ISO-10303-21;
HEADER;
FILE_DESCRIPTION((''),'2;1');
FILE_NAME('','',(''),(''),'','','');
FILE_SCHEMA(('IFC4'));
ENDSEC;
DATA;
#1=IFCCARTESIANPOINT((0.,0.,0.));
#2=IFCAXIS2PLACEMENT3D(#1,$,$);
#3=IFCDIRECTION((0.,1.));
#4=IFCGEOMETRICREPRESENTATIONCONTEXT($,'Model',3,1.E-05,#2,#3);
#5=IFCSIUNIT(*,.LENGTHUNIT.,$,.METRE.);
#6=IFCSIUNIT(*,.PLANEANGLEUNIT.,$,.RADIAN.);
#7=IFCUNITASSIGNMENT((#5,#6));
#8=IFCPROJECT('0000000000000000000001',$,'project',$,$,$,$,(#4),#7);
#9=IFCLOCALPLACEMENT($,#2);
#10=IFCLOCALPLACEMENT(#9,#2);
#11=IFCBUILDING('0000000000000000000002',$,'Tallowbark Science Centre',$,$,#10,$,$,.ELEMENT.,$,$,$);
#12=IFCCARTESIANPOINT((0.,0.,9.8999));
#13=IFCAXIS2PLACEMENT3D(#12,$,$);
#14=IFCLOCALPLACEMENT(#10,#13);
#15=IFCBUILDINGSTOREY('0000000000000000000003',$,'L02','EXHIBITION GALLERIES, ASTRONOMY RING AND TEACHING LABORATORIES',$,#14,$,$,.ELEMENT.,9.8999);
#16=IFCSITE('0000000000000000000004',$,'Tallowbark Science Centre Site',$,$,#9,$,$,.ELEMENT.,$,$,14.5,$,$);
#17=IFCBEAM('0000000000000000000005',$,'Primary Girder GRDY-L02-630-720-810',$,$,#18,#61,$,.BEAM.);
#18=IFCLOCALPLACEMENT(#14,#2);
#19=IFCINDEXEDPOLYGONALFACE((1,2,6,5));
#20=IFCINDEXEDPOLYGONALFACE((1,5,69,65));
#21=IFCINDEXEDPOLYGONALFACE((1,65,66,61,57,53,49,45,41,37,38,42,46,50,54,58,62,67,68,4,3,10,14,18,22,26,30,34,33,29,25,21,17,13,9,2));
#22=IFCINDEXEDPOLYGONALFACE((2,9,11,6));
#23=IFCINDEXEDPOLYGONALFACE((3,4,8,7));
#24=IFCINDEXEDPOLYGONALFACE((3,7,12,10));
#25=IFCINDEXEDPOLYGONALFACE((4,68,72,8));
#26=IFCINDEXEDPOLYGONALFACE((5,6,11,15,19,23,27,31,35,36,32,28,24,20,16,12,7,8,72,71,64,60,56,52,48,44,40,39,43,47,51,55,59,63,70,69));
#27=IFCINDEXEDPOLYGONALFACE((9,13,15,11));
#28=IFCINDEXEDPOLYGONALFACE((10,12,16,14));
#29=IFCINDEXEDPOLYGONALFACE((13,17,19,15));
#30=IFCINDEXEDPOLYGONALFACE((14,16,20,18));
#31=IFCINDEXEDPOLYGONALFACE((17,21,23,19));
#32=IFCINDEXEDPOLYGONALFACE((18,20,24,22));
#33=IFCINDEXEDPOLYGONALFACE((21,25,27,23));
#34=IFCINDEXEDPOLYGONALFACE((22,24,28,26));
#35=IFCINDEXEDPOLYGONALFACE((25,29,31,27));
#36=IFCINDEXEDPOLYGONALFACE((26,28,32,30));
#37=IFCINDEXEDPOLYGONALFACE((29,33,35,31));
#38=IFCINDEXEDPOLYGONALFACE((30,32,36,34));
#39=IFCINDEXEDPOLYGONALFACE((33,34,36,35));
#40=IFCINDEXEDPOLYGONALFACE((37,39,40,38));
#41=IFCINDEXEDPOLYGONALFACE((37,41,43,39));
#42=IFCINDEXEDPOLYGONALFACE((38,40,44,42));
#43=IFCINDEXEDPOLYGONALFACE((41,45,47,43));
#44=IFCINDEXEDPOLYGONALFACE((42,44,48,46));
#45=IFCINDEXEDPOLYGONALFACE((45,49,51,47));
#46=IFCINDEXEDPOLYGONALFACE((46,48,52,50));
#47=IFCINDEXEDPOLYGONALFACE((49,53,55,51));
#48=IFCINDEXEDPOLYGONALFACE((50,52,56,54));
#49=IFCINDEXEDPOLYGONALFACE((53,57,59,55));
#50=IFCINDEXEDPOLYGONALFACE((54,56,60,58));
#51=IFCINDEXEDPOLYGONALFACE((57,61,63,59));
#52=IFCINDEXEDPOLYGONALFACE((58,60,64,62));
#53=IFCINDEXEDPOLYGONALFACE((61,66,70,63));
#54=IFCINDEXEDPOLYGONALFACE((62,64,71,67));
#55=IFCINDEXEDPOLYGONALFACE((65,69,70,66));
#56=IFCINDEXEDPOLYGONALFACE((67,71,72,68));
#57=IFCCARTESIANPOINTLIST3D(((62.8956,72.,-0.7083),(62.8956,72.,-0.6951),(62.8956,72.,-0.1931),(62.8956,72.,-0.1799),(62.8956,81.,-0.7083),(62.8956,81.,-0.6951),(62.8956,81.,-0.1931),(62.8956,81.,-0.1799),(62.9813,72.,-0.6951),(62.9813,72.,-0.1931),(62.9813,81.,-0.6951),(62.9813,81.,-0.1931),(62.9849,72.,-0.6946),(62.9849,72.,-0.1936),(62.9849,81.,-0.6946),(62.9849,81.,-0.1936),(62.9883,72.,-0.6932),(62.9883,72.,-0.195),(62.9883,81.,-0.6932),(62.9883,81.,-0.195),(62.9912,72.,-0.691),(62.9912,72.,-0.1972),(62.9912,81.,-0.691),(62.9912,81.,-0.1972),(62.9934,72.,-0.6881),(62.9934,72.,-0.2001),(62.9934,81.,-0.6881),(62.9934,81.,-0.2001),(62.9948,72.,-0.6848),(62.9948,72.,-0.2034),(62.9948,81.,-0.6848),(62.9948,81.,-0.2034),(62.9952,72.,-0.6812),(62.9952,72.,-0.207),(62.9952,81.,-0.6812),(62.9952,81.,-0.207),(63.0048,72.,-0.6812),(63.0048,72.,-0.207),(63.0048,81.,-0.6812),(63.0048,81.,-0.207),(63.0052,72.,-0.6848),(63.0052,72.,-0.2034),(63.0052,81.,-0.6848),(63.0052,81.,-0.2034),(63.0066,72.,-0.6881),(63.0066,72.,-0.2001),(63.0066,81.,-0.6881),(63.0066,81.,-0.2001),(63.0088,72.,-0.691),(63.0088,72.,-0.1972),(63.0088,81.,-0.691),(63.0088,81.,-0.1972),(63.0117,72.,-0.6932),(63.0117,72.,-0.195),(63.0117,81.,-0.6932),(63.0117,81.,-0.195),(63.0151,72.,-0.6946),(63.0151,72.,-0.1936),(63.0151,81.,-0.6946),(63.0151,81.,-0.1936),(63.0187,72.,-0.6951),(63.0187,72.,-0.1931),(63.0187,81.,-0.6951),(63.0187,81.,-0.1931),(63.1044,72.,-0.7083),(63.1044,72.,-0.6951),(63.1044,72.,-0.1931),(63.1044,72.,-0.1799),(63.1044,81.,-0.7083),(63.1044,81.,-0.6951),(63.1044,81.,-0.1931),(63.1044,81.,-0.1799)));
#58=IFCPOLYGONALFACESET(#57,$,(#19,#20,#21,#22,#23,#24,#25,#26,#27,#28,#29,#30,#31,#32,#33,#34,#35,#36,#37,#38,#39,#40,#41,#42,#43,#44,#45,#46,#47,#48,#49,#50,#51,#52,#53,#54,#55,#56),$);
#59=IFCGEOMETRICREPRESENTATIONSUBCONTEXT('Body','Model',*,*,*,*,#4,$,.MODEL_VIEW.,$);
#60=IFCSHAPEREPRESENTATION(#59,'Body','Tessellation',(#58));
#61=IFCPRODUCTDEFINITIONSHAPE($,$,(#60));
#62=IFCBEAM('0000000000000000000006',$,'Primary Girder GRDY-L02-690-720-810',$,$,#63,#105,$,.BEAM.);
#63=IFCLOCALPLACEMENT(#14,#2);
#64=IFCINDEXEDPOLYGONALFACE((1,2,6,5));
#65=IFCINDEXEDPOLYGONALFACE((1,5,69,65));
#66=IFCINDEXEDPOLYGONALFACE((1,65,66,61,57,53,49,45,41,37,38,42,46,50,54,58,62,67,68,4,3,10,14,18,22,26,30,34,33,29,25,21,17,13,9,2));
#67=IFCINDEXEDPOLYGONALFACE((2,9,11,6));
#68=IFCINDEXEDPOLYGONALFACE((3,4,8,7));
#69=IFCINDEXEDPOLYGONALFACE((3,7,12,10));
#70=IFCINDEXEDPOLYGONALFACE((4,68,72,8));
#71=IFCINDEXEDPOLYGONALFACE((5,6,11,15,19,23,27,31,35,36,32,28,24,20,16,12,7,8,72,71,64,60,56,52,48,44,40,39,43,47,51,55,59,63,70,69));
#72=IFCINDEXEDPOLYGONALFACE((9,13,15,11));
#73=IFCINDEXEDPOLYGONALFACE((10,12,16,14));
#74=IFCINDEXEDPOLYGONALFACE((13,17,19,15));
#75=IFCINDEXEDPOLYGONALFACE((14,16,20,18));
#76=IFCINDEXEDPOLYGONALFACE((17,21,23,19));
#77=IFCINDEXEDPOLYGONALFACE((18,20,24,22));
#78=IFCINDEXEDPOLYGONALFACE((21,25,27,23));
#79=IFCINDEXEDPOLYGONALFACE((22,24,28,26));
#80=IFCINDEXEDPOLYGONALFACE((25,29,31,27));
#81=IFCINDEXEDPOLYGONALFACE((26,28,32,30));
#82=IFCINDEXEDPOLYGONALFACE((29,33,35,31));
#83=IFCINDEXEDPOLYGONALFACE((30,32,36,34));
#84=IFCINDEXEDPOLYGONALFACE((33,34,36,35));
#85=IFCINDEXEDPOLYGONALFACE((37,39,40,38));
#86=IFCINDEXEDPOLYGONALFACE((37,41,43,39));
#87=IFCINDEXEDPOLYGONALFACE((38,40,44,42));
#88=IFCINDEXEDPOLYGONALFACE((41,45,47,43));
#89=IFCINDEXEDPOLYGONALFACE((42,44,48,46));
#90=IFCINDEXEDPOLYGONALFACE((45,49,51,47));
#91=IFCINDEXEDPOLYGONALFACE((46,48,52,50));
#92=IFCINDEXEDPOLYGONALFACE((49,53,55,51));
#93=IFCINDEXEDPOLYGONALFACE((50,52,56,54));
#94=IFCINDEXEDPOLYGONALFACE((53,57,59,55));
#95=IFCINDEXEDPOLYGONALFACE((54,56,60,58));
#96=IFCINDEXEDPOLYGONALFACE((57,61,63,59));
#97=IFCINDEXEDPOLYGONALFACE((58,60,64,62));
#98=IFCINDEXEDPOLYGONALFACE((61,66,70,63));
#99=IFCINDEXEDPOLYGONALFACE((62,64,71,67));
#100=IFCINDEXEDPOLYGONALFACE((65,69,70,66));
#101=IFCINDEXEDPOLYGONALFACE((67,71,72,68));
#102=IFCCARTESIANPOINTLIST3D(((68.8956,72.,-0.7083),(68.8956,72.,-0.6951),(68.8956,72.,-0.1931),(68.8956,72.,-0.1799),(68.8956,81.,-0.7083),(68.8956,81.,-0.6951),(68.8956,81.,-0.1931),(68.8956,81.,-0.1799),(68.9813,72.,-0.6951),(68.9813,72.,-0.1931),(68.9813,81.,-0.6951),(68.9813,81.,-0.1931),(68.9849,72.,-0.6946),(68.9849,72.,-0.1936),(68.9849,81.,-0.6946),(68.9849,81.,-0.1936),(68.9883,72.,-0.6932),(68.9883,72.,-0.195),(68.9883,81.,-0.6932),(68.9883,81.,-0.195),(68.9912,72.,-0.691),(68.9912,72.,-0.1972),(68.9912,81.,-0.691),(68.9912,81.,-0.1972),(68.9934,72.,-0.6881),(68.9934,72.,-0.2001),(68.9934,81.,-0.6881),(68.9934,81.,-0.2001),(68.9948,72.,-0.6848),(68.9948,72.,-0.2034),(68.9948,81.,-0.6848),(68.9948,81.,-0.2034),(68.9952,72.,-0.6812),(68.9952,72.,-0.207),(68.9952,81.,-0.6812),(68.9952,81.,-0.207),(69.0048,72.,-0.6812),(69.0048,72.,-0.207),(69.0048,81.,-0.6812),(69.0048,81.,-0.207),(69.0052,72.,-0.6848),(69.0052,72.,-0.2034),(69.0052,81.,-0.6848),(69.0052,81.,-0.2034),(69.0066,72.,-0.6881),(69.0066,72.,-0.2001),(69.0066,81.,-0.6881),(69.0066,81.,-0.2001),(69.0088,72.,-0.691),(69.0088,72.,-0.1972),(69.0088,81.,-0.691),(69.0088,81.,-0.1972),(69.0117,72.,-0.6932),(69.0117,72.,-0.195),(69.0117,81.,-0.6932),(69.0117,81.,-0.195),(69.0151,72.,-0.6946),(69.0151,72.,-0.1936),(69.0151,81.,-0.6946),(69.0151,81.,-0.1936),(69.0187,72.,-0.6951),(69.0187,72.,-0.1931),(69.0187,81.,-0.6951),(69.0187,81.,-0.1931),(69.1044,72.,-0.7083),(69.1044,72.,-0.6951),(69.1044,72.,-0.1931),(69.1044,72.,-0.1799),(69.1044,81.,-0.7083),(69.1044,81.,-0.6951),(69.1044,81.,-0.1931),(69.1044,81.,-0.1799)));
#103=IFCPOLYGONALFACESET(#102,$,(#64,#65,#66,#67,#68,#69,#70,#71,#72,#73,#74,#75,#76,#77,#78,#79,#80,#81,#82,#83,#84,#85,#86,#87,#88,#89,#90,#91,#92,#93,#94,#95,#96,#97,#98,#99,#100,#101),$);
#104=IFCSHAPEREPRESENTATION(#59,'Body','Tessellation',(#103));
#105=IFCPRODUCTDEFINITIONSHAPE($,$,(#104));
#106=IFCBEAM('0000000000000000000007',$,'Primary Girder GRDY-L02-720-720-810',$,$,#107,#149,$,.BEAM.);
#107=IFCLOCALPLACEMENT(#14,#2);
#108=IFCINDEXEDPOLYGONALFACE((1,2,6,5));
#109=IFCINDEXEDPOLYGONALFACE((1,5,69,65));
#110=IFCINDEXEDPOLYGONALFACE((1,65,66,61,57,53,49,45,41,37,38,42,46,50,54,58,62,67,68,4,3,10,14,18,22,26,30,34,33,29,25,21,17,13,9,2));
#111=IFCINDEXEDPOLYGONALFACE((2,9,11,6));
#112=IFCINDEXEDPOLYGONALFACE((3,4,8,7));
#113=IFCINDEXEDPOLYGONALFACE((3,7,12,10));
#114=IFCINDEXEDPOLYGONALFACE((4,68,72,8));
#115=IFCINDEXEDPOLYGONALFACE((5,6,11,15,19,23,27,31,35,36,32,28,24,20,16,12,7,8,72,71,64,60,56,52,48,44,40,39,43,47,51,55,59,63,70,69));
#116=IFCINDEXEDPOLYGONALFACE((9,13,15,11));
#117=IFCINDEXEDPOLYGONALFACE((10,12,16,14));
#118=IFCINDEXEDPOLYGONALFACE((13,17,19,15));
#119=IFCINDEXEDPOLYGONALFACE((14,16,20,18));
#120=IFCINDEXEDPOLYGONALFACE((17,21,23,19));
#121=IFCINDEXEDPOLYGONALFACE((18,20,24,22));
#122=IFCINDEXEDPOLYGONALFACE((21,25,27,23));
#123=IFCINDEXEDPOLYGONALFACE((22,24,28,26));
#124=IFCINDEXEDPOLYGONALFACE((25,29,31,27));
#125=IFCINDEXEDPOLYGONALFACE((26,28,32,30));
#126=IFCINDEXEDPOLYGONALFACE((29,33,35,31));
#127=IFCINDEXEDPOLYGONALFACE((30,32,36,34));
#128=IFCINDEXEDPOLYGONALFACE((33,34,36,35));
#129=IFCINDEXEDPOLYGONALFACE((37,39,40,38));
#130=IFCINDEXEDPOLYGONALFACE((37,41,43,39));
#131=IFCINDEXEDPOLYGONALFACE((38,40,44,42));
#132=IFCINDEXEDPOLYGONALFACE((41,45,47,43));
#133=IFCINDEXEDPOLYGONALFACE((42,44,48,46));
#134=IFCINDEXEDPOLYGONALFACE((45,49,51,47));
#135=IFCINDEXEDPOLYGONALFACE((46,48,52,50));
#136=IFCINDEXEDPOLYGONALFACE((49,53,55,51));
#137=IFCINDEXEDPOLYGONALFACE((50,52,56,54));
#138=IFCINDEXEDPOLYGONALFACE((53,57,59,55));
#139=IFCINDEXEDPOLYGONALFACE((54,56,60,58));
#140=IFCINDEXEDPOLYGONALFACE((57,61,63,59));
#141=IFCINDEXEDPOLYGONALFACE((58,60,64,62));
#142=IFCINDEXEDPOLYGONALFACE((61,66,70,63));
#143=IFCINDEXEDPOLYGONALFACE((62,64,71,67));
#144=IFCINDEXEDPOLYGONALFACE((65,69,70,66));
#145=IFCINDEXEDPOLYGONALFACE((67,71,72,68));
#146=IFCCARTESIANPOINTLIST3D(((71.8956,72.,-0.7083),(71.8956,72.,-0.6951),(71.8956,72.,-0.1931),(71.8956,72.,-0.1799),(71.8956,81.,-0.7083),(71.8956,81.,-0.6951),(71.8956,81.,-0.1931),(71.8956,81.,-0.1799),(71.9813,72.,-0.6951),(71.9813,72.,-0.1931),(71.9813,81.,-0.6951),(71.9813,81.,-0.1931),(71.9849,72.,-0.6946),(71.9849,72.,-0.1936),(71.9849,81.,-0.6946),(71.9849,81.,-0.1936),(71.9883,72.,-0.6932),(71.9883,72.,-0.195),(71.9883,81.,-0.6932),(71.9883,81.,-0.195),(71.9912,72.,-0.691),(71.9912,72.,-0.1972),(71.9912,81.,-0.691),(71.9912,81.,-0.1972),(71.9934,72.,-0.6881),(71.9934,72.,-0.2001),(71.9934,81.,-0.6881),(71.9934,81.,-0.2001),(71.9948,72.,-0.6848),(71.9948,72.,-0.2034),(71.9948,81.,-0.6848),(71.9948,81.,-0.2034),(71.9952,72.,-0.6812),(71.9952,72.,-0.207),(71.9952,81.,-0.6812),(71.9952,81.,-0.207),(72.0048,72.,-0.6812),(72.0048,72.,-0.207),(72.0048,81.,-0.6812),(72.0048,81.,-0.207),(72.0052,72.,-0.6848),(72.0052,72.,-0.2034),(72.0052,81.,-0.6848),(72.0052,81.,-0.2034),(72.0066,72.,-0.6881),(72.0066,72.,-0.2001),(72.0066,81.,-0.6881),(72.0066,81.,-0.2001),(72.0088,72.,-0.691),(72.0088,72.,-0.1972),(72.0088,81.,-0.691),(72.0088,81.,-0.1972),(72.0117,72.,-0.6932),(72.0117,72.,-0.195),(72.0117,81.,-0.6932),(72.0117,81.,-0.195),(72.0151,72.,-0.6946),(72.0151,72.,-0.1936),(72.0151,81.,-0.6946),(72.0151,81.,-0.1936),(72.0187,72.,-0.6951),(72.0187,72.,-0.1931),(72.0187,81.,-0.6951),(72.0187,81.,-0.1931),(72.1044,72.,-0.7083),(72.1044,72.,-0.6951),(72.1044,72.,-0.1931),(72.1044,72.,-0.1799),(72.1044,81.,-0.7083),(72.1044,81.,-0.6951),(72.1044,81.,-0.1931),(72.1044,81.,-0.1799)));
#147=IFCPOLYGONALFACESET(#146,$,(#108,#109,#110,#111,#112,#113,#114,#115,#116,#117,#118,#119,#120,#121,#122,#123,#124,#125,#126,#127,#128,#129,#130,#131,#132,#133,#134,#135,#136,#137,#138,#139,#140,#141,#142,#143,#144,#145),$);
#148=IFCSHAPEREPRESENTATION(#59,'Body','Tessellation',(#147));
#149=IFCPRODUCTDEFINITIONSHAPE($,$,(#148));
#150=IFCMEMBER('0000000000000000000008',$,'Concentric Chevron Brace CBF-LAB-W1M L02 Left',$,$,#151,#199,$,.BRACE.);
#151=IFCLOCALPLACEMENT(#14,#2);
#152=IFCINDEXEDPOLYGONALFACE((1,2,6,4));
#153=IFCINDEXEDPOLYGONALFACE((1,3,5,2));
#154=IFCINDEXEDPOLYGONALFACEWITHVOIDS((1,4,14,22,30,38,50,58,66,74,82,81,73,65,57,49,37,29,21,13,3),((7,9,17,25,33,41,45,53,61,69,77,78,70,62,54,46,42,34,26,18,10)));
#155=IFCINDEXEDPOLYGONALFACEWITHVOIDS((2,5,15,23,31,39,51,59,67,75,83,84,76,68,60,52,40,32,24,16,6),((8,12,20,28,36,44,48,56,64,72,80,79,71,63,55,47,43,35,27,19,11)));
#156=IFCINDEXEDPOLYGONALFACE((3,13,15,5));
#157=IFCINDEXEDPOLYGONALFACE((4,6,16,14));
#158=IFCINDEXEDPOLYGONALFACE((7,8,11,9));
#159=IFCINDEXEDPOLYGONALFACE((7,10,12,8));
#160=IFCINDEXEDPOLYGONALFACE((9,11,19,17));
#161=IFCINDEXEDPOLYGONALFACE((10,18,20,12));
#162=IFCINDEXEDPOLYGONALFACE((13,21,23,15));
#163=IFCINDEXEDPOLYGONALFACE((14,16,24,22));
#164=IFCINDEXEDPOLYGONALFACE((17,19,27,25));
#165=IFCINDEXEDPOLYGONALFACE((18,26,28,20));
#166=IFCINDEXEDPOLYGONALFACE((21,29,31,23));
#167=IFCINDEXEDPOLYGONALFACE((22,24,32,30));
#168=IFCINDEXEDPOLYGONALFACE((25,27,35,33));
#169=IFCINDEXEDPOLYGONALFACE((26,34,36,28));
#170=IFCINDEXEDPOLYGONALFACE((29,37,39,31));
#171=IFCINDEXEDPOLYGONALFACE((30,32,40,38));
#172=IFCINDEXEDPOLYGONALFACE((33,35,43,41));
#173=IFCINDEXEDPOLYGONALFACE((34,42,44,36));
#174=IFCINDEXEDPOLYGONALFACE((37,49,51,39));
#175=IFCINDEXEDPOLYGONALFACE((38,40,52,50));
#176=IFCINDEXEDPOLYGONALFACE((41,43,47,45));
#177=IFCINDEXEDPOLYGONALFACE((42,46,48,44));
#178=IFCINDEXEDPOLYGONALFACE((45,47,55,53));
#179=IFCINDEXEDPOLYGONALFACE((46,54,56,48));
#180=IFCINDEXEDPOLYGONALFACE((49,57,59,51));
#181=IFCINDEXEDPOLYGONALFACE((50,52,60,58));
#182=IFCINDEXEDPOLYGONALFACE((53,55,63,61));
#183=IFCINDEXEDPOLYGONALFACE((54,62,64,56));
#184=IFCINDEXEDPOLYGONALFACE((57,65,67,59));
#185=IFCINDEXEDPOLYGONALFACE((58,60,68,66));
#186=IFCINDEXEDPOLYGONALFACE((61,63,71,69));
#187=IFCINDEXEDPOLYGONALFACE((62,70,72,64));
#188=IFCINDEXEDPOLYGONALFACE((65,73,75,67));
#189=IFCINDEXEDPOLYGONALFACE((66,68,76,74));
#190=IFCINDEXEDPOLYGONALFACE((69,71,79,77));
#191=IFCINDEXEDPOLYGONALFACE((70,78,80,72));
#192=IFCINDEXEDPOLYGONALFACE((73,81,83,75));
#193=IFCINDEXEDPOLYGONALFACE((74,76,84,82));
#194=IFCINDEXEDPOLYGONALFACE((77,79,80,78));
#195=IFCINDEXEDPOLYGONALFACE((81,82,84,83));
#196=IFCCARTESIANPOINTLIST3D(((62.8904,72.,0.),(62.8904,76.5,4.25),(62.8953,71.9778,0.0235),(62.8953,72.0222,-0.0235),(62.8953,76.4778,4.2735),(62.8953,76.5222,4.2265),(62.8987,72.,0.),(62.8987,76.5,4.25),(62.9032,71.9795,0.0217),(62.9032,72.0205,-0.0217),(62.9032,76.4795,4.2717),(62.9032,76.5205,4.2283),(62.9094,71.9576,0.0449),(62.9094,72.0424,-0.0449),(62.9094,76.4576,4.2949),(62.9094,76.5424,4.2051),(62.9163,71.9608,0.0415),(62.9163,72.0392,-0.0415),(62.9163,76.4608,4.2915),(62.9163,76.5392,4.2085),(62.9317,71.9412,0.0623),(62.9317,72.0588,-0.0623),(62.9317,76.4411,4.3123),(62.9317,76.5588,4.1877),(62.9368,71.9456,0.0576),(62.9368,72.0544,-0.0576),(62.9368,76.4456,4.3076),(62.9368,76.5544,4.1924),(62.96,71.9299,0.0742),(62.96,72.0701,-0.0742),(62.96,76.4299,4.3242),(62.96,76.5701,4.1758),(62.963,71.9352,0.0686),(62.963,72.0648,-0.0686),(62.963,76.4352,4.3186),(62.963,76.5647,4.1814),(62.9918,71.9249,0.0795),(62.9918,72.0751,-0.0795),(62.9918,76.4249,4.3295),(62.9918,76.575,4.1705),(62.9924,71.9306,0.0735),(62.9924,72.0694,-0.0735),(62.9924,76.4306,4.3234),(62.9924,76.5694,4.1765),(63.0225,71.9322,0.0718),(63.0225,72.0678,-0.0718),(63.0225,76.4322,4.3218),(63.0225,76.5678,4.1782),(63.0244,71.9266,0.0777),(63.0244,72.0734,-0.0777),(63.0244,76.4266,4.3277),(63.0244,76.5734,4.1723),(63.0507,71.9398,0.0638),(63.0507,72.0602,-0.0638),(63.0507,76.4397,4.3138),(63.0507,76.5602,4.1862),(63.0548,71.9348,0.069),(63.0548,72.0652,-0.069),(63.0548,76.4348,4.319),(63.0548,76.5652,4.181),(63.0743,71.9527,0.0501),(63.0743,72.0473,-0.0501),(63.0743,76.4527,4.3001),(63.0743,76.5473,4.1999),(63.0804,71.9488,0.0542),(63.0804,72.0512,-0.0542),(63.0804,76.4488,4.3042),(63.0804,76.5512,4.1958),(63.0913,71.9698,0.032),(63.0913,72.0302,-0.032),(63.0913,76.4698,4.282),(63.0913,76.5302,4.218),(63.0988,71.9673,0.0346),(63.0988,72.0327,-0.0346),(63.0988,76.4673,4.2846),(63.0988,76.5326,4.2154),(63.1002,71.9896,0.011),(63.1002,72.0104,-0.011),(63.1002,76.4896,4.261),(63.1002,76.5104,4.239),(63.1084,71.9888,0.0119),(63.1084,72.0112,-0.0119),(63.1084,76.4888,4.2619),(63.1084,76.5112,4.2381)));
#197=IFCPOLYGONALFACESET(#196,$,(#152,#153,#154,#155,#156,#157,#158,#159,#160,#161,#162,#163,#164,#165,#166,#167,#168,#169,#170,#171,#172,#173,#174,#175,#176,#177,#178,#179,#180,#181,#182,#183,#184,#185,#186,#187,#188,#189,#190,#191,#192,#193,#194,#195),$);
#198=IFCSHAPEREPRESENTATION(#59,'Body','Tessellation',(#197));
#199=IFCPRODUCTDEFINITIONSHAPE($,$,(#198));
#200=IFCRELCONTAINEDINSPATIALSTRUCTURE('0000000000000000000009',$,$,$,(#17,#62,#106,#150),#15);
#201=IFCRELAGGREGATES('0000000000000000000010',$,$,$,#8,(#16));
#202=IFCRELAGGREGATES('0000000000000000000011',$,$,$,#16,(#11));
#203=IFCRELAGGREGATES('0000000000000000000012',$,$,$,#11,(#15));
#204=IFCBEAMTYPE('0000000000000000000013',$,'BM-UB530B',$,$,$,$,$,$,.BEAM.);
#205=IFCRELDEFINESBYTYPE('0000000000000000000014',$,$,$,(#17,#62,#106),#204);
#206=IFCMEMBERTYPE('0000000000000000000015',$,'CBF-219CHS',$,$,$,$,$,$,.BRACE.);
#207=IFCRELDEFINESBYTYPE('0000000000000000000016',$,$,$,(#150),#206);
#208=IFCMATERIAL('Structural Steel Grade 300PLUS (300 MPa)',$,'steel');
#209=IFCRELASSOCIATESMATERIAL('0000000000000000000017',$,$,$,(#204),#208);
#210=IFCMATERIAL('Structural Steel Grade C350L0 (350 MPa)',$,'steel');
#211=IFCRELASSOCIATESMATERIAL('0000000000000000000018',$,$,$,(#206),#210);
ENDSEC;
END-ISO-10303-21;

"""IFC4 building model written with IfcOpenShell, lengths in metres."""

from ifc_helpers import new_model, si_unit, direction, frame, origin, origin_2d, place, context, subcontext, project, spatial, hollow_circle, i_section, extrude, material, material_profile, profile_set, type_object, element, save


model = new_model("IFC4")

# Units and contexts
model_context = context("Model", 3, precision=1e-05, world=origin(), true_north=direction((0.0, 1.0)))
body_context = subcontext(model_context, "Body", "Model", "MODEL_VIEW")
ifc_project = project(units=[si_unit("LENGTHUNIT", "METRE"), si_unit("PLANEANGLEUNIT", "RADIAN")], contexts=[model_context])

# Site, building, storey
site_placement = place(None, origin())
site = spatial("IfcSite", under=ifc_project, at=site_placement, Name="Tallowbark Science Centre Site", CompositionType="ELEMENT", RefElevation=14.5)
building_placement = place(site_placement, origin())
building = spatial("IfcBuilding", under=site, at=building_placement, Name="Tallowbark Science Centre", CompositionType="ELEMENT")
storey_placement = place(building_placement, frame((0.0, 0.0, 9.8999)))
storey = spatial("IfcBuildingStorey", under=building, at=storey_placement, Name="L02", Description="EXHIBITION GALLERIES, ASTRONOMY RING AND TEACHING LABORATORIES", CompositionType="ELEMENT", Elevation=9.8999)

# Shared definitions
ifc_material_1 = material(Name="Structural Steel Grade 300PLUS (300 MPa)", Category="steel")

# Beams
ifc_material_profile_1 = material_profile(ifc_material_1, i_section(OverallWidth=0.2087, OverallDepth=0.5283, WebThickness=0.0095, FlangeThickness=0.0132, FilletRadius=0.0139, at=origin_2d()), Name="530UB82.0")
ifc_profile_set_1 = profile_set([ifc_material_profile_1], Name="Structural Steel Grade 300PLUS (300 MPa)")
beam_type_1 = type_object("IfcBeamType", Name="BM-UB530B", PredefinedType="BEAM", material=ifc_profile_set_1)
for number, where, z_axis, x_axis, name in (
    (1, (63.0, 72.0, -0.4441), (0.0, 1.0, 0.0), (-1.0, 0.0, 0.0), "Primary Girder GRDY-L02-630-720-810"),
    (2, (69.0, 72.0, -0.4441), (0.0, 1.0, 0.0), (-1.0, 0.0, 0.0), "Primary Girder GRDY-L02-690-720-810"),
    (3, (72.0, 72.0, -0.4441), (0.0, 1.0, 0.0), (-1.0, 0.0, 0.0), "Primary Girder GRDY-L02-720-720-810"),
):
    element("IfcBeam", number, at=place(storey_placement, frame(where, z_axis=z_axis, x_axis=x_axis)), inside=storey, type_object=beam_type_1, Name=name, PredefinedType="BEAM", context=body_context, shape_type="SweptSolid", body=[
        extrude(i_section(OverallWidth=0.2087, OverallDepth=0.5283, WebThickness=0.0095, FlangeThickness=0.0132, FilletRadius=0.0139, at=origin_2d()), origin(), (0.0, 0.0, 1.0), 9.0),
    ])

# Member
ifc_material_2 = material(Name="Structural Steel Grade C350L0 (350 MPa)", Category="steel")
ifc_material_profile_2 = material_profile(ifc_material_2, hollow_circle(Radius=0.1096, WallThickness=0.0083, at=origin_2d()), Name="219.1x8.2CHS")
ifc_profile_set_2 = profile_set([ifc_material_profile_2], Name="Structural Steel Grade C350L0 (350 MPa)")
member_type_1 = type_object("IfcMemberType", Name="CBF-219CHS", PredefinedType="BRACE", material=ifc_profile_set_2)
member_1_placement = place(storey_placement, frame((63.0, 72.0, 0.0), z_axis=(0.0, 0.727013, 0.686624), x_axis=(-1.0, 0.0, 0.0)))
element("IfcMember", 4, at=member_1_placement, inside=storey, type_object=member_type_1, Name="Concentric Chevron Brace CBF-LAB-W1M L02 Left", PredefinedType="BRACE", context=body_context, shape_type="SweptSolid", body=[
    extrude(hollow_circle(Radius=0.1096, WallThickness=0.0083, at=origin_2d()), origin(), (0.0, 0.0, 1.0), 6.1897),
])

save(model, "model.ifc")
